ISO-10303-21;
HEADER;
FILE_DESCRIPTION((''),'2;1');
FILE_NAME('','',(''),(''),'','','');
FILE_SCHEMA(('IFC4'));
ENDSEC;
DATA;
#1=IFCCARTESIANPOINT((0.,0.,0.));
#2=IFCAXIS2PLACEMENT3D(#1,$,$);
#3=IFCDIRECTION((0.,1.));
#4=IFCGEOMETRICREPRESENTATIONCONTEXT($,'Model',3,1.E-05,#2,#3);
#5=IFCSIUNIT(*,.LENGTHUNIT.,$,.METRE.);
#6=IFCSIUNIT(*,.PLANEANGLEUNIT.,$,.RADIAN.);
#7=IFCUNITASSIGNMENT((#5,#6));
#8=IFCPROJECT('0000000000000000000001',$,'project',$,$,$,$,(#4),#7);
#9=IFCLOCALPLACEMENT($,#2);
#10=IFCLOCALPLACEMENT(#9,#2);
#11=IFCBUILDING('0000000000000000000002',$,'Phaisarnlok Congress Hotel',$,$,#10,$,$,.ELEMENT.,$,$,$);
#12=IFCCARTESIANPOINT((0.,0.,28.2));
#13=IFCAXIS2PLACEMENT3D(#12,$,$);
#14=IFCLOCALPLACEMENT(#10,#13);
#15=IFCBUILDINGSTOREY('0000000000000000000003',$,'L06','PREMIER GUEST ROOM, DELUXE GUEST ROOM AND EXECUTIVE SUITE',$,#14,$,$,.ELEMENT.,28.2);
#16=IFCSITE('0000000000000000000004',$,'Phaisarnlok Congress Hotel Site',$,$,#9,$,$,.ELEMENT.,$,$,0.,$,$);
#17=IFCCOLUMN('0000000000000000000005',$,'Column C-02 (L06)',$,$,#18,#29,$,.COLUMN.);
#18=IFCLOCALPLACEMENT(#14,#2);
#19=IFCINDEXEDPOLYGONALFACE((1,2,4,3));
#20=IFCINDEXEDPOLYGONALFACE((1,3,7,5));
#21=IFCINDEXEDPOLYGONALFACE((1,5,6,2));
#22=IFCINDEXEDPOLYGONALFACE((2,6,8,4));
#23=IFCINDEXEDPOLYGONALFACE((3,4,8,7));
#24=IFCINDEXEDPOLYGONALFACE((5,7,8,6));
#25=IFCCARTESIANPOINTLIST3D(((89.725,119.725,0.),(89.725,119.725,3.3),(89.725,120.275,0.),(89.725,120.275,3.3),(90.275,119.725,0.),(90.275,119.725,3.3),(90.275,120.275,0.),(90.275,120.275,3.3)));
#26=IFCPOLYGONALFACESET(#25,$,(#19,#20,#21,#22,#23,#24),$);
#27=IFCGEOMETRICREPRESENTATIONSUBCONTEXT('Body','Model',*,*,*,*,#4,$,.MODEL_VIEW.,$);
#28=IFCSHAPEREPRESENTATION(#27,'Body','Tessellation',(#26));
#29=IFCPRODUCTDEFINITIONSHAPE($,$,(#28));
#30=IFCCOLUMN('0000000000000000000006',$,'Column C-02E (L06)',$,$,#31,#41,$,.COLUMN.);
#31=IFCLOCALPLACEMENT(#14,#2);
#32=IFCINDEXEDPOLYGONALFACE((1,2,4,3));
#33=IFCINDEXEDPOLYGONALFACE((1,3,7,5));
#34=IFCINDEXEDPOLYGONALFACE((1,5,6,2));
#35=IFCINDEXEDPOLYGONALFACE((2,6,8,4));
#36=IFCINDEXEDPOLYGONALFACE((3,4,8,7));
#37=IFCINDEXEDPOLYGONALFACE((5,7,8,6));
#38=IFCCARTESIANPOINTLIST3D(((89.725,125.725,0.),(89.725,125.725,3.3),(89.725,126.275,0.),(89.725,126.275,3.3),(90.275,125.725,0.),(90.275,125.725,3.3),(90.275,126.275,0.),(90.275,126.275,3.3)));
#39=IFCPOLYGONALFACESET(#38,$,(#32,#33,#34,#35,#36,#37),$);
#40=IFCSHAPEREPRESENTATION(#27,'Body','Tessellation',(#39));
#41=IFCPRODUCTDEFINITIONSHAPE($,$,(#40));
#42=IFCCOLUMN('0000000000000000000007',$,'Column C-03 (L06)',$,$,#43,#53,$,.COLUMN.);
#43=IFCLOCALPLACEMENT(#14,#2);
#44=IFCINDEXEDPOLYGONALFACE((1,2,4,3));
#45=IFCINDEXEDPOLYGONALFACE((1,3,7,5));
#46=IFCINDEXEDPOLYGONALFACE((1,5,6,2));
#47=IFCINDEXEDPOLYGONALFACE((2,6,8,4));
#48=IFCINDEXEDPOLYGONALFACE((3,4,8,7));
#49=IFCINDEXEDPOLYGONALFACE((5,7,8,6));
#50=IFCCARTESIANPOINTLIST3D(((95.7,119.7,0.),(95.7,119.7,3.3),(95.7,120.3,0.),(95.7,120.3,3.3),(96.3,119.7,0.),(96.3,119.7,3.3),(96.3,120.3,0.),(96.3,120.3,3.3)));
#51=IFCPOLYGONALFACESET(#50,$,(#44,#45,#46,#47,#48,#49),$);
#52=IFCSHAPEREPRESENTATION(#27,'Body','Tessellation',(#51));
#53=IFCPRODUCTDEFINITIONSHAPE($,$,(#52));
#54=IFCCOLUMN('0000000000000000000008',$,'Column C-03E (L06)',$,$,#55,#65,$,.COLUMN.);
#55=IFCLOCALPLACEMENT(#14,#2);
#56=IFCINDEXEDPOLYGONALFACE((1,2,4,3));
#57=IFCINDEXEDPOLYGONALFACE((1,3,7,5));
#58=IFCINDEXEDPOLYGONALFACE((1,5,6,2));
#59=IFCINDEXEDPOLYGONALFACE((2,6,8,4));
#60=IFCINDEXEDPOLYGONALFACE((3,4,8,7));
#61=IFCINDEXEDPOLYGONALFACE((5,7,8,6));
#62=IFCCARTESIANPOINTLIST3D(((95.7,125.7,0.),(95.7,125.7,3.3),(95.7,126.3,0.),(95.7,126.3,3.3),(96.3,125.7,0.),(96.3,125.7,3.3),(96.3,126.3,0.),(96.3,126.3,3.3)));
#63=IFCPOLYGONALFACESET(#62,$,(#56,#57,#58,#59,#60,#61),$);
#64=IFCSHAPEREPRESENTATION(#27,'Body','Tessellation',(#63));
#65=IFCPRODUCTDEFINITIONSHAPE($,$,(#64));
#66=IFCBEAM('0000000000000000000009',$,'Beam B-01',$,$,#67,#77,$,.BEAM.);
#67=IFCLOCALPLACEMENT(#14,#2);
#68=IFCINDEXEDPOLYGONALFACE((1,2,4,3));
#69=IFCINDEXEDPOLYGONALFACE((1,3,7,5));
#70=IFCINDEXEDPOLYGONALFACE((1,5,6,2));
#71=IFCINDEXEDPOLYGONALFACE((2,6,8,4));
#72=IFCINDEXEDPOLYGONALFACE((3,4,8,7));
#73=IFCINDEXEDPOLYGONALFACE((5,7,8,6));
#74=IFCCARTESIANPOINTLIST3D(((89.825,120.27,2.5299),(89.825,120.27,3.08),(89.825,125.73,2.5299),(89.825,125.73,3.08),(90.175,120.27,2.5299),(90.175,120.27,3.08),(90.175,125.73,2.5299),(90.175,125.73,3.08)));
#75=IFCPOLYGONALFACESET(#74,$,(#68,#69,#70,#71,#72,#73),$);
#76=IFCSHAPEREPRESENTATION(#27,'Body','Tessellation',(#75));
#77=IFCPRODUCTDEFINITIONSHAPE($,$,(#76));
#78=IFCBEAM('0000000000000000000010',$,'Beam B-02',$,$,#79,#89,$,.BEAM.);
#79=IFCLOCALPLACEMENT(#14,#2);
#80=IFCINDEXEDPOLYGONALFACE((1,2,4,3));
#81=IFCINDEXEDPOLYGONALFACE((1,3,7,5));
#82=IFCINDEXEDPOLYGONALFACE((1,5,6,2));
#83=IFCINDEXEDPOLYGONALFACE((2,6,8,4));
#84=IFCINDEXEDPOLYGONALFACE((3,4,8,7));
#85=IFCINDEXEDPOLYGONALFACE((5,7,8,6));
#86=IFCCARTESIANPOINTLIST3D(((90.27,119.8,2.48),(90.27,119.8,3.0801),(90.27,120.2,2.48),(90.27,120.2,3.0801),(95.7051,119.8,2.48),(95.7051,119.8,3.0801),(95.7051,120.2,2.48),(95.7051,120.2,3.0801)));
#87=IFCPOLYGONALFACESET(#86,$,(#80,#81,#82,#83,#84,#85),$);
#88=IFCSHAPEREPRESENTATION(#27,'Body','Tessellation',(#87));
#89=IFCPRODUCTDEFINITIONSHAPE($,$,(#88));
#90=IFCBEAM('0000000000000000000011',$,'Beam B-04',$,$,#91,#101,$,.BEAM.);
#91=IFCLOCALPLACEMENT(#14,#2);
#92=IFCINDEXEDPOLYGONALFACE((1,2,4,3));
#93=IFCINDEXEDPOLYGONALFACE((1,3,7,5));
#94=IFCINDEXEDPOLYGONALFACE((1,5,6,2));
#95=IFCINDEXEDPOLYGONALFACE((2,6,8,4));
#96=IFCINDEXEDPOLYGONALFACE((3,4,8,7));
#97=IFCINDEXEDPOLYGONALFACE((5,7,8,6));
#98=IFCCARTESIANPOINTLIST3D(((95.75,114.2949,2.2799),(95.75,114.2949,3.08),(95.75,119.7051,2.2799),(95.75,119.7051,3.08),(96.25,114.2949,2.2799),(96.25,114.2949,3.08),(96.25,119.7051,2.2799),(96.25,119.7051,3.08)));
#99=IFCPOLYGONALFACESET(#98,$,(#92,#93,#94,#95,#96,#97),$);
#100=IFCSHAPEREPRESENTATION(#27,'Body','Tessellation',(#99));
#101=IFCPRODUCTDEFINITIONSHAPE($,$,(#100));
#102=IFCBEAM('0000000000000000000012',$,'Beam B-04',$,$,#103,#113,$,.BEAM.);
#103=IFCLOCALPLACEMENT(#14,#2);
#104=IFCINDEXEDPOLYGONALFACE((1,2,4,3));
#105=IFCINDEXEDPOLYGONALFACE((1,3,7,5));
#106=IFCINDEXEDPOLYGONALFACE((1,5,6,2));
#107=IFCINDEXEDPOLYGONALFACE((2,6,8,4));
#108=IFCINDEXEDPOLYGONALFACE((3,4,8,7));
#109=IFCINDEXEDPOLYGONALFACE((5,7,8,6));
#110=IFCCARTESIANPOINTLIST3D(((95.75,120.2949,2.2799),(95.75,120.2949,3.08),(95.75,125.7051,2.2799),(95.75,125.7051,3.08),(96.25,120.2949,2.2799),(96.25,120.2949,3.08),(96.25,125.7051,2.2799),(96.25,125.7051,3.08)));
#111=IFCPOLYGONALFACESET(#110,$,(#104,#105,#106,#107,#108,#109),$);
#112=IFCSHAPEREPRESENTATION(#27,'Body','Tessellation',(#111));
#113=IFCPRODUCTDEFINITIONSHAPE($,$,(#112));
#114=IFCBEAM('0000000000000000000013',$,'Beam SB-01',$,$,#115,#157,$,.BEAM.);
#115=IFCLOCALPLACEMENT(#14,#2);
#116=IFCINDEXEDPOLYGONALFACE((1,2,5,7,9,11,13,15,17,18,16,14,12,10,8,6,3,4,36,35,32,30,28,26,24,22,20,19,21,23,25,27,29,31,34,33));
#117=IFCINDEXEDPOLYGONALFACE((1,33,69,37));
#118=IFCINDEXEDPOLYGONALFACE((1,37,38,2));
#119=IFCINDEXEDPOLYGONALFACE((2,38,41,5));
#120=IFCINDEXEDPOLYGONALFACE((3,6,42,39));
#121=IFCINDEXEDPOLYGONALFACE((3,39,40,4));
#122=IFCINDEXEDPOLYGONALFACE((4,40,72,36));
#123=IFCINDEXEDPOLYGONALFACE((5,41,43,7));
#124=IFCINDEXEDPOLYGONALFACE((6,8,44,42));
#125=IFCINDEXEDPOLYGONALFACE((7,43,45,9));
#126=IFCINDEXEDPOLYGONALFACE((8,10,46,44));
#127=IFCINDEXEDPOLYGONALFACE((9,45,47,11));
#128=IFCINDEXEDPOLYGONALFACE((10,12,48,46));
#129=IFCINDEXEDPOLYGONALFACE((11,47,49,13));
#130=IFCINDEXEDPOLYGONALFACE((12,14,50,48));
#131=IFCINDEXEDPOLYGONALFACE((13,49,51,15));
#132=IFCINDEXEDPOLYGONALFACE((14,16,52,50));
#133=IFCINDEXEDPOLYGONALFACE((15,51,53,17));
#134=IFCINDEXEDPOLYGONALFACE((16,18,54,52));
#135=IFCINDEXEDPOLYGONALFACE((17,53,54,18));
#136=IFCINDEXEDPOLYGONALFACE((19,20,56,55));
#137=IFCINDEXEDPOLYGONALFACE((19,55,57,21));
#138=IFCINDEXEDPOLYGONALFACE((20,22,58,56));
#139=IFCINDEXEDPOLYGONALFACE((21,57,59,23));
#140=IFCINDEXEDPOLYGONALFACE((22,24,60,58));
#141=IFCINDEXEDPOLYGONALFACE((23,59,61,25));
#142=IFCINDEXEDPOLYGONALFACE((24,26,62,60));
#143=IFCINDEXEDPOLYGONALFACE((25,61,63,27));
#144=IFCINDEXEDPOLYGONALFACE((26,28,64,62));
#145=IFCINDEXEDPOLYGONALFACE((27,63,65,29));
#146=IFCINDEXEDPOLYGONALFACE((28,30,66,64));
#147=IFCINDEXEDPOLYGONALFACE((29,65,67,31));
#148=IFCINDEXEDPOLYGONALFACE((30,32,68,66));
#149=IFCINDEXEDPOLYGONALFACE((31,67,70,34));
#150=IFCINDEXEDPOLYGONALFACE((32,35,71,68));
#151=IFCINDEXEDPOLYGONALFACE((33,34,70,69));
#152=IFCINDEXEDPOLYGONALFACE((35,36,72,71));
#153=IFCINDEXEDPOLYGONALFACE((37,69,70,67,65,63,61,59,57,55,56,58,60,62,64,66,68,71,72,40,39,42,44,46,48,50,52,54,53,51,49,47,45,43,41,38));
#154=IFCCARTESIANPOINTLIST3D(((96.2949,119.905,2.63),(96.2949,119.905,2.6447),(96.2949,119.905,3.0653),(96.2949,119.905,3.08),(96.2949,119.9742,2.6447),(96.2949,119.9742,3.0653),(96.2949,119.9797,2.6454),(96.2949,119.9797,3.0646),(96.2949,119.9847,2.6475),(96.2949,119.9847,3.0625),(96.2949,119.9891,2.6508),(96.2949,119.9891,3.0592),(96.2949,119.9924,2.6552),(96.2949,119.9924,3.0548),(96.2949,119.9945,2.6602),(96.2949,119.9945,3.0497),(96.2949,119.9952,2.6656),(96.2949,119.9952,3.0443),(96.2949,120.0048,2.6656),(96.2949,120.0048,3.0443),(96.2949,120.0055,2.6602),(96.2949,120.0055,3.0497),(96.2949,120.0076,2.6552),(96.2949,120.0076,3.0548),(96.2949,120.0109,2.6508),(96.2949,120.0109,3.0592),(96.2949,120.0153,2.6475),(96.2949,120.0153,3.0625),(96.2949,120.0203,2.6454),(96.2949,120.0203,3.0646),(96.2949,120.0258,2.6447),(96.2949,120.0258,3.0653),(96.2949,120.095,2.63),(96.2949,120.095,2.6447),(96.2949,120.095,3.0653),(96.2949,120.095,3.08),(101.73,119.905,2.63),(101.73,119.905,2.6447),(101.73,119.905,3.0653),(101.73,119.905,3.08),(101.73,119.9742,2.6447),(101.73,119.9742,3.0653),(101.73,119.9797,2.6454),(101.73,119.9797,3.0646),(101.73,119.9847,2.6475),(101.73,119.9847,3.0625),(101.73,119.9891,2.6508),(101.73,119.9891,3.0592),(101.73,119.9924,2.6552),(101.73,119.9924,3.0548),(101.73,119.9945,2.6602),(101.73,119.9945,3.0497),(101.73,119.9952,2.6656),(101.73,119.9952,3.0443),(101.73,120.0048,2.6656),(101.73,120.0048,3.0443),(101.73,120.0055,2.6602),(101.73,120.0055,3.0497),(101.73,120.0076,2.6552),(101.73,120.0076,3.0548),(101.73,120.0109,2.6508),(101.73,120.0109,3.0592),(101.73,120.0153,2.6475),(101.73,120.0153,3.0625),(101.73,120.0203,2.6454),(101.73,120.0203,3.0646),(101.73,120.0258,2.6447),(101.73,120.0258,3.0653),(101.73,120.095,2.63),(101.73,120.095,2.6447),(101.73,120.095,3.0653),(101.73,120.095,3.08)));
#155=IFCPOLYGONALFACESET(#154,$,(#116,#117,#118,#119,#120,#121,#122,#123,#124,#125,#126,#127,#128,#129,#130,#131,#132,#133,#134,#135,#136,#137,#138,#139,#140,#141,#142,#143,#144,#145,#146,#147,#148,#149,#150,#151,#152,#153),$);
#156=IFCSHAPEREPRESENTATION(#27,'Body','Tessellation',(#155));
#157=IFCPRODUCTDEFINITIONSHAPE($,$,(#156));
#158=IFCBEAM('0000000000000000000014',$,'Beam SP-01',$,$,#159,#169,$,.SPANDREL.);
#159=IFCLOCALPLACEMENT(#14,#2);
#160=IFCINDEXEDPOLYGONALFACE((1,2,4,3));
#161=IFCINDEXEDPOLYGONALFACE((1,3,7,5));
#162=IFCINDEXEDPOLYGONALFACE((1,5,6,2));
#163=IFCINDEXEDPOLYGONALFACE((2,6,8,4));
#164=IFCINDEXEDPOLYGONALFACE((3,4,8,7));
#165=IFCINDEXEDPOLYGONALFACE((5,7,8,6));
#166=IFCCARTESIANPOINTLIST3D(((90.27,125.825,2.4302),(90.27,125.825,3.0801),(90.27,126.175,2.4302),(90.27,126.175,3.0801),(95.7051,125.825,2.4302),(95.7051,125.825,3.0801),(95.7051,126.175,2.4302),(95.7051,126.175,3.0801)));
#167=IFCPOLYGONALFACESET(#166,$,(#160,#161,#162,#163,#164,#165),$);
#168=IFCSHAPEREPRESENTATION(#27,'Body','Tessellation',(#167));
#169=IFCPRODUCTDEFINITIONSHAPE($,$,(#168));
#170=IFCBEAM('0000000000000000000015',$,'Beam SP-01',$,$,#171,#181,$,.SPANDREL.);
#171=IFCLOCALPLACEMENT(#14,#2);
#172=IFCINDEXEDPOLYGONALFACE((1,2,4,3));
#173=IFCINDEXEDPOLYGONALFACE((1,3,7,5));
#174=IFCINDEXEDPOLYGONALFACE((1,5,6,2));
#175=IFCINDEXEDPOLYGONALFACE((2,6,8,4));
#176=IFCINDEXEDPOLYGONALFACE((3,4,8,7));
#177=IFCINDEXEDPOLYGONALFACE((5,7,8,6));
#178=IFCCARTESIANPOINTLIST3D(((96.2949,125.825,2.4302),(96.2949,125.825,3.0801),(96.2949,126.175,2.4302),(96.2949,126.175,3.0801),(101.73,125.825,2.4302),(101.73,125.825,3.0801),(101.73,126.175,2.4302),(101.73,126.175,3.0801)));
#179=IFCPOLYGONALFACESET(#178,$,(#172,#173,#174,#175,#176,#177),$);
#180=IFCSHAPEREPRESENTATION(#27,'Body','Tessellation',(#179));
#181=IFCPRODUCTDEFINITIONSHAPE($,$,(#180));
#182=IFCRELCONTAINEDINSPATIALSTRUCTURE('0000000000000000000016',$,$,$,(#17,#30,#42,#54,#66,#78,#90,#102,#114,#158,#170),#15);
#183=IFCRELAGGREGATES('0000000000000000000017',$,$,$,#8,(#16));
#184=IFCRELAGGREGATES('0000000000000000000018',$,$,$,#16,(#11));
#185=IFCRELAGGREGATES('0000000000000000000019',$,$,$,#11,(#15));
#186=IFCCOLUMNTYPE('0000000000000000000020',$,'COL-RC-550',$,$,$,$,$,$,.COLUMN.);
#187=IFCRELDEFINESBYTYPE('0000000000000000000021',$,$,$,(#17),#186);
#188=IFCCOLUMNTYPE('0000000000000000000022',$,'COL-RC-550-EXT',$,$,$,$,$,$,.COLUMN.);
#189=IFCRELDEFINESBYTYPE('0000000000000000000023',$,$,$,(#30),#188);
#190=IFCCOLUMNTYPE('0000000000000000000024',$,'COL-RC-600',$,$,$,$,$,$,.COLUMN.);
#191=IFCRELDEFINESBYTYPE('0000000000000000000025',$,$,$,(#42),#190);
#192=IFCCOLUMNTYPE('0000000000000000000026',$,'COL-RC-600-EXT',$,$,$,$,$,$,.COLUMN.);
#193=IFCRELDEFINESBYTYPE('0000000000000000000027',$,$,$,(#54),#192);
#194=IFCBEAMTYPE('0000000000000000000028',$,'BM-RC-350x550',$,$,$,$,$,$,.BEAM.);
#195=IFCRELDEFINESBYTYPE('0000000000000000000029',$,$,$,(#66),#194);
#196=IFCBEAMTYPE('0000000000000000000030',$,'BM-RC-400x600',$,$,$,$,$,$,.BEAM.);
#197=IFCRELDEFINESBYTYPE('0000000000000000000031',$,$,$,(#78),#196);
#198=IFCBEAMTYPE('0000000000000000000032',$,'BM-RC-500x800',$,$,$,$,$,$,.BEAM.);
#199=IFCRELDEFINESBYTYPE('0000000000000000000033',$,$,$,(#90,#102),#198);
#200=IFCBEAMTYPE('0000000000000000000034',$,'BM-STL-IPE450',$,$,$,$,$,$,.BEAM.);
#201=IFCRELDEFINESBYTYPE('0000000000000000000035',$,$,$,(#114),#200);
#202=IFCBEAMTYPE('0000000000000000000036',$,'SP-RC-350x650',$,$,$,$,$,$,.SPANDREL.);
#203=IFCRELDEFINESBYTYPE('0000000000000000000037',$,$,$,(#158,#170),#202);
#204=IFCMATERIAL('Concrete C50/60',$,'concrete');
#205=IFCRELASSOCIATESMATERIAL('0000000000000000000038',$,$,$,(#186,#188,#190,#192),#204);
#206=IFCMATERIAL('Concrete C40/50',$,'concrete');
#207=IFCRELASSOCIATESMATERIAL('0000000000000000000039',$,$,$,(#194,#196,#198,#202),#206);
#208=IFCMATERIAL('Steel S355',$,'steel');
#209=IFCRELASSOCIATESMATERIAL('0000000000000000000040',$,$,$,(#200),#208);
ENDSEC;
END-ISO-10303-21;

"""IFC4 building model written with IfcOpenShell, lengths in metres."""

from ifc_helpers import new_model, si_unit, direction, frame, origin, origin_2d, place, context, subcontext, project, spatial, rectangle, i_section, extrude, material, material_profile, profile_set, type_object, element, save


model = new_model("IFC4")

# Units and contexts
model_context = context("Model", 3, precision=1e-05, world=origin(), true_north=direction((0.0, 1.0)))
body_context = subcontext(model_context, "Body", "Model", "MODEL_VIEW")
ifc_project = project(units=[si_unit("LENGTHUNIT", "METRE"), si_unit("PLANEANGLEUNIT", "RADIAN")], contexts=[model_context])

# Site, building, storey
site_placement = place(None, origin())
site = spatial("IfcSite", under=ifc_project, at=site_placement, Name="Phaisarnlok Congress Hotel Site", CompositionType="ELEMENT", RefElevation=0.0)
building_placement = place(site_placement, origin())
building = spatial("IfcBuilding", under=site, at=building_placement, Name="Phaisarnlok Congress Hotel", CompositionType="ELEMENT")
storey_placement = place(building_placement, frame((0.0, 0.0, 28.2)))
storey = spatial("IfcBuildingStorey", under=building, at=storey_placement, Name="L06", Description="PREMIER GUEST ROOM, DELUXE GUEST ROOM AND EXECUTIVE SUITE", CompositionType="ELEMENT", Elevation=28.2)

# Columns
ifc_material_1 = material(Name="Concrete C50/60", Category="concrete")
ifc_material_profile_1 = material_profile(ifc_material_1, rectangle(XDim=0.55, YDim=0.55, at=origin_2d()), Name="RC 550x550")
ifc_profile_set_1 = profile_set([ifc_material_profile_1], Name="Concrete C50/60")
column_type_1 = type_object("IfcColumnType", Name="COL-RC-550", PredefinedType="COLUMN", material=ifc_profile_set_1)
column_1_placement = place(storey_placement, frame((90.0, 120.0, 0.0), z_axis=(0.0, 0.0, 1.0), x_axis=(1.0, 0.0, 0.0)))
element("IfcColumn", 1, at=column_1_placement, inside=storey, type_object=column_type_1, Name="Column C-02 (L06)", PredefinedType="COLUMN", context=body_context, shape_type="SweptSolid", body=[
    extrude(rectangle(XDim=0.55, YDim=0.55, at=origin_2d()), origin(), (0.0, 0.0, 1.0), 3.3),
])
ifc_material_profile_2 = material_profile(ifc_material_1, rectangle(XDim=0.55, YDim=0.55, at=origin_2d()), Name="RC 550x550")
ifc_profile_set_2 = profile_set([ifc_material_profile_2], Name="Concrete C50/60")
column_type_2 = type_object("IfcColumnType", Name="COL-RC-550-EXT", PredefinedType="COLUMN", material=ifc_profile_set_2)
column_2_placement = place(storey_placement, frame((90.0, 126.0, 0.0), z_axis=(0.0, 0.0, 1.0), x_axis=(1.0, 0.0, 0.0)))
element("IfcColumn", 2, at=column_2_placement, inside=storey, type_object=column_type_2, Name="Column C-02E (L06)", PredefinedType="COLUMN", context=body_context, shape_type="SweptSolid", body=[
    extrude(rectangle(XDim=0.55, YDim=0.55, at=origin_2d()), origin(), (0.0, 0.0, 1.0), 3.3),
])
ifc_material_profile_3 = material_profile(ifc_material_1, rectangle(XDim=0.6001, YDim=0.6001, at=origin_2d()), Name="RC 600x600")
ifc_profile_set_3 = profile_set([ifc_material_profile_3], Name="Concrete C50/60")
column_type_3 = type_object("IfcColumnType", Name="COL-RC-600", PredefinedType="COLUMN", material=ifc_profile_set_3)
column_3_placement = place(storey_placement, frame((96.0, 120.0, 0.0), z_axis=(0.0, 0.0, 1.0), x_axis=(1.0, 0.0, 0.0)))
element("IfcColumn", 3, at=column_3_placement, inside=storey, type_object=column_type_3, Name="Column C-03 (L06)", PredefinedType="COLUMN", context=body_context, shape_type="SweptSolid", body=[
    extrude(rectangle(XDim=0.6001, YDim=0.6001, at=origin_2d()), origin(), (0.0, 0.0, 1.0), 3.3),
])
ifc_material_profile_4 = material_profile(ifc_material_1, rectangle(XDim=0.6001, YDim=0.6001, at=origin_2d()), Name="RC 600x600")
ifc_profile_set_4 = profile_set([ifc_material_profile_4], Name="Concrete C50/60")
column_type_4 = type_object("IfcColumnType", Name="COL-RC-600-EXT", PredefinedType="COLUMN", material=ifc_profile_set_4)
column_4_placement = place(storey_placement, frame((96.0, 126.0, 0.0), z_axis=(0.0, 0.0, 1.0), x_axis=(1.0, 0.0, 0.0)))
element("IfcColumn", 4, at=column_4_placement, inside=storey, type_object=column_type_4, Name="Column C-03E (L06)", PredefinedType="COLUMN", context=body_context, shape_type="SweptSolid", body=[
    extrude(rectangle(XDim=0.6001, YDim=0.6001, at=origin_2d()), origin(), (0.0, 0.0, 1.0), 3.3),
])

# Beams
ifc_material_2 = material(Name="Concrete C40/50", Category="concrete")
ifc_material_profile_5 = material_profile(ifc_material_2, rectangle(XDim=0.3501, YDim=0.55, at=origin_2d()), Name="RC 350x550")
ifc_profile_set_5 = profile_set([ifc_material_profile_5], Name="Concrete C40/50")
beam_type_1 = type_object("IfcBeamType", Name="BM-RC-350x550", PredefinedType="BEAM", material=ifc_profile_set_5)
beam_1_placement = place(storey_placement, frame((90.0, 120.27, 2.8049), z_axis=(0.0, 1.0, 0.0), x_axis=(-1.0, 0.0, 0.0)))
element("IfcBeam", 5, at=beam_1_placement, inside=storey, type_object=beam_type_1, Name="Beam B-01", PredefinedType="BEAM", context=body_context, shape_type="SweptSolid", body=[
    extrude(rectangle(XDim=0.3501, YDim=0.55, at=origin_2d()), origin(), (0.0, 0.0, 1.0), 5.46),
])
ifc_material_profile_6 = material_profile(ifc_material_2, rectangle(XDim=0.3999, YDim=0.6001, at=origin_2d()), Name="RC 400x600")
ifc_profile_set_6 = profile_set([ifc_material_profile_6], Name="Concrete C40/50")
beam_type_2 = type_object("IfcBeamType", Name="BM-RC-400x600", PredefinedType="BEAM", material=ifc_profile_set_6)
beam_2_placement = place(storey_placement, frame((90.27, 120.0, 2.78), z_axis=(1.0, 0.0, 0.0), x_axis=(0.0, 1.0, 0.0)))
element("IfcBeam", 6, at=beam_2_placement, inside=storey, type_object=beam_type_2, Name="Beam B-02", PredefinedType="BEAM", context=body_context, shape_type="SweptSolid", body=[
    extrude(rectangle(XDim=0.3999, YDim=0.6001, at=origin_2d()), origin(), (0.0, 0.0, 1.0), 5.4351),
])
ifc_material_profile_7 = material_profile(ifc_material_2, rectangle(XDim=0.5, YDim=0.8, at=origin_2d()), Name="RC 500x800")
ifc_profile_set_7 = profile_set([ifc_material_profile_7], Name="Concrete C40/50")
beam_type_3 = type_object("IfcBeamType", Name="BM-RC-500x800", PredefinedType="BEAM", material=ifc_profile_set_7)
for number, where, z_axis, x_axis, name in (
    (7, (96.0, 114.2949, 2.6799), (0.0, 1.0, 0.0), (-1.0, 0.0, 0.0), "Beam B-04"),
    (8, (96.0, 120.2949, 2.6799), (0.0, 1.0, 0.0), (-1.0, 0.0, 0.0), "Beam B-04"),
):
    element("IfcBeam", number, at=place(storey_placement, frame(where, z_axis=z_axis, x_axis=x_axis)), inside=storey, type_object=beam_type_3, Name=name, PredefinedType="BEAM", context=body_context, shape_type="SweptSolid", body=[
        extrude(rectangle(XDim=0.5, YDim=0.8, at=origin_2d()), origin(), (0.0, 0.0, 1.0), 5.4102),
    ])
ifc_material_3 = material(Name="Steel S355", Category="steel")
ifc_material_profile_8 = material_profile(ifc_material_3, i_section(OverallWidth=0.1899, OverallDepth=0.45, WebThickness=0.0095, FlangeThickness=0.0146, FilletRadius=0.021, at=origin_2d()), Name="IPE 450")
ifc_profile_set_8 = profile_set([ifc_material_profile_8], Name="Steel S355")
beam_type_4 = type_object("IfcBeamType", Name="BM-STL-IPE450", PredefinedType="BEAM", material=ifc_profile_set_8)
beam_3_placement = place(storey_placement, frame((96.2949, 120.0, 2.855), z_axis=(1.0, 0.0, 0.0), x_axis=(0.0, 1.0, 0.0)))
element("IfcBeam", 9, at=beam_3_placement, inside=storey, type_object=beam_type_4, Name="Beam SB-01", PredefinedType="BEAM", context=body_context, shape_type="SweptSolid", body=[
    extrude(i_section(OverallWidth=0.1899, OverallDepth=0.45, WebThickness=0.0095, FlangeThickness=0.0146, FilletRadius=0.021, at=origin_2d()), origin(), (0.0, 0.0, 1.0), 5.4351),
])
ifc_material_profile_9 = material_profile(ifc_material_2, rectangle(XDim=0.3501, YDim=0.6499, at=origin_2d()), Name="RC 350x650")
ifc_profile_set_9 = profile_set([ifc_material_profile_9], Name="Concrete C40/50")
beam_type_5 = type_object("IfcBeamType", Name="SP-RC-350x650", PredefinedType="SPANDREL", material=ifc_profile_set_9)
for number, where, z_axis, x_axis, name in (
    (10, (90.27, 126.0, 2.7551), (1.0, 0.0, 0.0), (0.0, 1.0, 0.0), "Beam SP-01"),
    (11, (96.2949, 126.0, 2.7551), (1.0, 0.0, 0.0), (0.0, 1.0, 0.0), "Beam SP-01"),
):
    element("IfcBeam", number, at=place(storey_placement, frame(where, z_axis=z_axis, x_axis=x_axis)), inside=storey, type_object=beam_type_5, Name=name, PredefinedType="SPANDREL", context=body_context, shape_type="SweptSolid", body=[
        extrude(rectangle(XDim=0.3501, YDim=0.6499, at=origin_2d()), origin(), (0.0, 0.0, 1.0), 5.4351),
    ])

save(model, "model.ifc")
